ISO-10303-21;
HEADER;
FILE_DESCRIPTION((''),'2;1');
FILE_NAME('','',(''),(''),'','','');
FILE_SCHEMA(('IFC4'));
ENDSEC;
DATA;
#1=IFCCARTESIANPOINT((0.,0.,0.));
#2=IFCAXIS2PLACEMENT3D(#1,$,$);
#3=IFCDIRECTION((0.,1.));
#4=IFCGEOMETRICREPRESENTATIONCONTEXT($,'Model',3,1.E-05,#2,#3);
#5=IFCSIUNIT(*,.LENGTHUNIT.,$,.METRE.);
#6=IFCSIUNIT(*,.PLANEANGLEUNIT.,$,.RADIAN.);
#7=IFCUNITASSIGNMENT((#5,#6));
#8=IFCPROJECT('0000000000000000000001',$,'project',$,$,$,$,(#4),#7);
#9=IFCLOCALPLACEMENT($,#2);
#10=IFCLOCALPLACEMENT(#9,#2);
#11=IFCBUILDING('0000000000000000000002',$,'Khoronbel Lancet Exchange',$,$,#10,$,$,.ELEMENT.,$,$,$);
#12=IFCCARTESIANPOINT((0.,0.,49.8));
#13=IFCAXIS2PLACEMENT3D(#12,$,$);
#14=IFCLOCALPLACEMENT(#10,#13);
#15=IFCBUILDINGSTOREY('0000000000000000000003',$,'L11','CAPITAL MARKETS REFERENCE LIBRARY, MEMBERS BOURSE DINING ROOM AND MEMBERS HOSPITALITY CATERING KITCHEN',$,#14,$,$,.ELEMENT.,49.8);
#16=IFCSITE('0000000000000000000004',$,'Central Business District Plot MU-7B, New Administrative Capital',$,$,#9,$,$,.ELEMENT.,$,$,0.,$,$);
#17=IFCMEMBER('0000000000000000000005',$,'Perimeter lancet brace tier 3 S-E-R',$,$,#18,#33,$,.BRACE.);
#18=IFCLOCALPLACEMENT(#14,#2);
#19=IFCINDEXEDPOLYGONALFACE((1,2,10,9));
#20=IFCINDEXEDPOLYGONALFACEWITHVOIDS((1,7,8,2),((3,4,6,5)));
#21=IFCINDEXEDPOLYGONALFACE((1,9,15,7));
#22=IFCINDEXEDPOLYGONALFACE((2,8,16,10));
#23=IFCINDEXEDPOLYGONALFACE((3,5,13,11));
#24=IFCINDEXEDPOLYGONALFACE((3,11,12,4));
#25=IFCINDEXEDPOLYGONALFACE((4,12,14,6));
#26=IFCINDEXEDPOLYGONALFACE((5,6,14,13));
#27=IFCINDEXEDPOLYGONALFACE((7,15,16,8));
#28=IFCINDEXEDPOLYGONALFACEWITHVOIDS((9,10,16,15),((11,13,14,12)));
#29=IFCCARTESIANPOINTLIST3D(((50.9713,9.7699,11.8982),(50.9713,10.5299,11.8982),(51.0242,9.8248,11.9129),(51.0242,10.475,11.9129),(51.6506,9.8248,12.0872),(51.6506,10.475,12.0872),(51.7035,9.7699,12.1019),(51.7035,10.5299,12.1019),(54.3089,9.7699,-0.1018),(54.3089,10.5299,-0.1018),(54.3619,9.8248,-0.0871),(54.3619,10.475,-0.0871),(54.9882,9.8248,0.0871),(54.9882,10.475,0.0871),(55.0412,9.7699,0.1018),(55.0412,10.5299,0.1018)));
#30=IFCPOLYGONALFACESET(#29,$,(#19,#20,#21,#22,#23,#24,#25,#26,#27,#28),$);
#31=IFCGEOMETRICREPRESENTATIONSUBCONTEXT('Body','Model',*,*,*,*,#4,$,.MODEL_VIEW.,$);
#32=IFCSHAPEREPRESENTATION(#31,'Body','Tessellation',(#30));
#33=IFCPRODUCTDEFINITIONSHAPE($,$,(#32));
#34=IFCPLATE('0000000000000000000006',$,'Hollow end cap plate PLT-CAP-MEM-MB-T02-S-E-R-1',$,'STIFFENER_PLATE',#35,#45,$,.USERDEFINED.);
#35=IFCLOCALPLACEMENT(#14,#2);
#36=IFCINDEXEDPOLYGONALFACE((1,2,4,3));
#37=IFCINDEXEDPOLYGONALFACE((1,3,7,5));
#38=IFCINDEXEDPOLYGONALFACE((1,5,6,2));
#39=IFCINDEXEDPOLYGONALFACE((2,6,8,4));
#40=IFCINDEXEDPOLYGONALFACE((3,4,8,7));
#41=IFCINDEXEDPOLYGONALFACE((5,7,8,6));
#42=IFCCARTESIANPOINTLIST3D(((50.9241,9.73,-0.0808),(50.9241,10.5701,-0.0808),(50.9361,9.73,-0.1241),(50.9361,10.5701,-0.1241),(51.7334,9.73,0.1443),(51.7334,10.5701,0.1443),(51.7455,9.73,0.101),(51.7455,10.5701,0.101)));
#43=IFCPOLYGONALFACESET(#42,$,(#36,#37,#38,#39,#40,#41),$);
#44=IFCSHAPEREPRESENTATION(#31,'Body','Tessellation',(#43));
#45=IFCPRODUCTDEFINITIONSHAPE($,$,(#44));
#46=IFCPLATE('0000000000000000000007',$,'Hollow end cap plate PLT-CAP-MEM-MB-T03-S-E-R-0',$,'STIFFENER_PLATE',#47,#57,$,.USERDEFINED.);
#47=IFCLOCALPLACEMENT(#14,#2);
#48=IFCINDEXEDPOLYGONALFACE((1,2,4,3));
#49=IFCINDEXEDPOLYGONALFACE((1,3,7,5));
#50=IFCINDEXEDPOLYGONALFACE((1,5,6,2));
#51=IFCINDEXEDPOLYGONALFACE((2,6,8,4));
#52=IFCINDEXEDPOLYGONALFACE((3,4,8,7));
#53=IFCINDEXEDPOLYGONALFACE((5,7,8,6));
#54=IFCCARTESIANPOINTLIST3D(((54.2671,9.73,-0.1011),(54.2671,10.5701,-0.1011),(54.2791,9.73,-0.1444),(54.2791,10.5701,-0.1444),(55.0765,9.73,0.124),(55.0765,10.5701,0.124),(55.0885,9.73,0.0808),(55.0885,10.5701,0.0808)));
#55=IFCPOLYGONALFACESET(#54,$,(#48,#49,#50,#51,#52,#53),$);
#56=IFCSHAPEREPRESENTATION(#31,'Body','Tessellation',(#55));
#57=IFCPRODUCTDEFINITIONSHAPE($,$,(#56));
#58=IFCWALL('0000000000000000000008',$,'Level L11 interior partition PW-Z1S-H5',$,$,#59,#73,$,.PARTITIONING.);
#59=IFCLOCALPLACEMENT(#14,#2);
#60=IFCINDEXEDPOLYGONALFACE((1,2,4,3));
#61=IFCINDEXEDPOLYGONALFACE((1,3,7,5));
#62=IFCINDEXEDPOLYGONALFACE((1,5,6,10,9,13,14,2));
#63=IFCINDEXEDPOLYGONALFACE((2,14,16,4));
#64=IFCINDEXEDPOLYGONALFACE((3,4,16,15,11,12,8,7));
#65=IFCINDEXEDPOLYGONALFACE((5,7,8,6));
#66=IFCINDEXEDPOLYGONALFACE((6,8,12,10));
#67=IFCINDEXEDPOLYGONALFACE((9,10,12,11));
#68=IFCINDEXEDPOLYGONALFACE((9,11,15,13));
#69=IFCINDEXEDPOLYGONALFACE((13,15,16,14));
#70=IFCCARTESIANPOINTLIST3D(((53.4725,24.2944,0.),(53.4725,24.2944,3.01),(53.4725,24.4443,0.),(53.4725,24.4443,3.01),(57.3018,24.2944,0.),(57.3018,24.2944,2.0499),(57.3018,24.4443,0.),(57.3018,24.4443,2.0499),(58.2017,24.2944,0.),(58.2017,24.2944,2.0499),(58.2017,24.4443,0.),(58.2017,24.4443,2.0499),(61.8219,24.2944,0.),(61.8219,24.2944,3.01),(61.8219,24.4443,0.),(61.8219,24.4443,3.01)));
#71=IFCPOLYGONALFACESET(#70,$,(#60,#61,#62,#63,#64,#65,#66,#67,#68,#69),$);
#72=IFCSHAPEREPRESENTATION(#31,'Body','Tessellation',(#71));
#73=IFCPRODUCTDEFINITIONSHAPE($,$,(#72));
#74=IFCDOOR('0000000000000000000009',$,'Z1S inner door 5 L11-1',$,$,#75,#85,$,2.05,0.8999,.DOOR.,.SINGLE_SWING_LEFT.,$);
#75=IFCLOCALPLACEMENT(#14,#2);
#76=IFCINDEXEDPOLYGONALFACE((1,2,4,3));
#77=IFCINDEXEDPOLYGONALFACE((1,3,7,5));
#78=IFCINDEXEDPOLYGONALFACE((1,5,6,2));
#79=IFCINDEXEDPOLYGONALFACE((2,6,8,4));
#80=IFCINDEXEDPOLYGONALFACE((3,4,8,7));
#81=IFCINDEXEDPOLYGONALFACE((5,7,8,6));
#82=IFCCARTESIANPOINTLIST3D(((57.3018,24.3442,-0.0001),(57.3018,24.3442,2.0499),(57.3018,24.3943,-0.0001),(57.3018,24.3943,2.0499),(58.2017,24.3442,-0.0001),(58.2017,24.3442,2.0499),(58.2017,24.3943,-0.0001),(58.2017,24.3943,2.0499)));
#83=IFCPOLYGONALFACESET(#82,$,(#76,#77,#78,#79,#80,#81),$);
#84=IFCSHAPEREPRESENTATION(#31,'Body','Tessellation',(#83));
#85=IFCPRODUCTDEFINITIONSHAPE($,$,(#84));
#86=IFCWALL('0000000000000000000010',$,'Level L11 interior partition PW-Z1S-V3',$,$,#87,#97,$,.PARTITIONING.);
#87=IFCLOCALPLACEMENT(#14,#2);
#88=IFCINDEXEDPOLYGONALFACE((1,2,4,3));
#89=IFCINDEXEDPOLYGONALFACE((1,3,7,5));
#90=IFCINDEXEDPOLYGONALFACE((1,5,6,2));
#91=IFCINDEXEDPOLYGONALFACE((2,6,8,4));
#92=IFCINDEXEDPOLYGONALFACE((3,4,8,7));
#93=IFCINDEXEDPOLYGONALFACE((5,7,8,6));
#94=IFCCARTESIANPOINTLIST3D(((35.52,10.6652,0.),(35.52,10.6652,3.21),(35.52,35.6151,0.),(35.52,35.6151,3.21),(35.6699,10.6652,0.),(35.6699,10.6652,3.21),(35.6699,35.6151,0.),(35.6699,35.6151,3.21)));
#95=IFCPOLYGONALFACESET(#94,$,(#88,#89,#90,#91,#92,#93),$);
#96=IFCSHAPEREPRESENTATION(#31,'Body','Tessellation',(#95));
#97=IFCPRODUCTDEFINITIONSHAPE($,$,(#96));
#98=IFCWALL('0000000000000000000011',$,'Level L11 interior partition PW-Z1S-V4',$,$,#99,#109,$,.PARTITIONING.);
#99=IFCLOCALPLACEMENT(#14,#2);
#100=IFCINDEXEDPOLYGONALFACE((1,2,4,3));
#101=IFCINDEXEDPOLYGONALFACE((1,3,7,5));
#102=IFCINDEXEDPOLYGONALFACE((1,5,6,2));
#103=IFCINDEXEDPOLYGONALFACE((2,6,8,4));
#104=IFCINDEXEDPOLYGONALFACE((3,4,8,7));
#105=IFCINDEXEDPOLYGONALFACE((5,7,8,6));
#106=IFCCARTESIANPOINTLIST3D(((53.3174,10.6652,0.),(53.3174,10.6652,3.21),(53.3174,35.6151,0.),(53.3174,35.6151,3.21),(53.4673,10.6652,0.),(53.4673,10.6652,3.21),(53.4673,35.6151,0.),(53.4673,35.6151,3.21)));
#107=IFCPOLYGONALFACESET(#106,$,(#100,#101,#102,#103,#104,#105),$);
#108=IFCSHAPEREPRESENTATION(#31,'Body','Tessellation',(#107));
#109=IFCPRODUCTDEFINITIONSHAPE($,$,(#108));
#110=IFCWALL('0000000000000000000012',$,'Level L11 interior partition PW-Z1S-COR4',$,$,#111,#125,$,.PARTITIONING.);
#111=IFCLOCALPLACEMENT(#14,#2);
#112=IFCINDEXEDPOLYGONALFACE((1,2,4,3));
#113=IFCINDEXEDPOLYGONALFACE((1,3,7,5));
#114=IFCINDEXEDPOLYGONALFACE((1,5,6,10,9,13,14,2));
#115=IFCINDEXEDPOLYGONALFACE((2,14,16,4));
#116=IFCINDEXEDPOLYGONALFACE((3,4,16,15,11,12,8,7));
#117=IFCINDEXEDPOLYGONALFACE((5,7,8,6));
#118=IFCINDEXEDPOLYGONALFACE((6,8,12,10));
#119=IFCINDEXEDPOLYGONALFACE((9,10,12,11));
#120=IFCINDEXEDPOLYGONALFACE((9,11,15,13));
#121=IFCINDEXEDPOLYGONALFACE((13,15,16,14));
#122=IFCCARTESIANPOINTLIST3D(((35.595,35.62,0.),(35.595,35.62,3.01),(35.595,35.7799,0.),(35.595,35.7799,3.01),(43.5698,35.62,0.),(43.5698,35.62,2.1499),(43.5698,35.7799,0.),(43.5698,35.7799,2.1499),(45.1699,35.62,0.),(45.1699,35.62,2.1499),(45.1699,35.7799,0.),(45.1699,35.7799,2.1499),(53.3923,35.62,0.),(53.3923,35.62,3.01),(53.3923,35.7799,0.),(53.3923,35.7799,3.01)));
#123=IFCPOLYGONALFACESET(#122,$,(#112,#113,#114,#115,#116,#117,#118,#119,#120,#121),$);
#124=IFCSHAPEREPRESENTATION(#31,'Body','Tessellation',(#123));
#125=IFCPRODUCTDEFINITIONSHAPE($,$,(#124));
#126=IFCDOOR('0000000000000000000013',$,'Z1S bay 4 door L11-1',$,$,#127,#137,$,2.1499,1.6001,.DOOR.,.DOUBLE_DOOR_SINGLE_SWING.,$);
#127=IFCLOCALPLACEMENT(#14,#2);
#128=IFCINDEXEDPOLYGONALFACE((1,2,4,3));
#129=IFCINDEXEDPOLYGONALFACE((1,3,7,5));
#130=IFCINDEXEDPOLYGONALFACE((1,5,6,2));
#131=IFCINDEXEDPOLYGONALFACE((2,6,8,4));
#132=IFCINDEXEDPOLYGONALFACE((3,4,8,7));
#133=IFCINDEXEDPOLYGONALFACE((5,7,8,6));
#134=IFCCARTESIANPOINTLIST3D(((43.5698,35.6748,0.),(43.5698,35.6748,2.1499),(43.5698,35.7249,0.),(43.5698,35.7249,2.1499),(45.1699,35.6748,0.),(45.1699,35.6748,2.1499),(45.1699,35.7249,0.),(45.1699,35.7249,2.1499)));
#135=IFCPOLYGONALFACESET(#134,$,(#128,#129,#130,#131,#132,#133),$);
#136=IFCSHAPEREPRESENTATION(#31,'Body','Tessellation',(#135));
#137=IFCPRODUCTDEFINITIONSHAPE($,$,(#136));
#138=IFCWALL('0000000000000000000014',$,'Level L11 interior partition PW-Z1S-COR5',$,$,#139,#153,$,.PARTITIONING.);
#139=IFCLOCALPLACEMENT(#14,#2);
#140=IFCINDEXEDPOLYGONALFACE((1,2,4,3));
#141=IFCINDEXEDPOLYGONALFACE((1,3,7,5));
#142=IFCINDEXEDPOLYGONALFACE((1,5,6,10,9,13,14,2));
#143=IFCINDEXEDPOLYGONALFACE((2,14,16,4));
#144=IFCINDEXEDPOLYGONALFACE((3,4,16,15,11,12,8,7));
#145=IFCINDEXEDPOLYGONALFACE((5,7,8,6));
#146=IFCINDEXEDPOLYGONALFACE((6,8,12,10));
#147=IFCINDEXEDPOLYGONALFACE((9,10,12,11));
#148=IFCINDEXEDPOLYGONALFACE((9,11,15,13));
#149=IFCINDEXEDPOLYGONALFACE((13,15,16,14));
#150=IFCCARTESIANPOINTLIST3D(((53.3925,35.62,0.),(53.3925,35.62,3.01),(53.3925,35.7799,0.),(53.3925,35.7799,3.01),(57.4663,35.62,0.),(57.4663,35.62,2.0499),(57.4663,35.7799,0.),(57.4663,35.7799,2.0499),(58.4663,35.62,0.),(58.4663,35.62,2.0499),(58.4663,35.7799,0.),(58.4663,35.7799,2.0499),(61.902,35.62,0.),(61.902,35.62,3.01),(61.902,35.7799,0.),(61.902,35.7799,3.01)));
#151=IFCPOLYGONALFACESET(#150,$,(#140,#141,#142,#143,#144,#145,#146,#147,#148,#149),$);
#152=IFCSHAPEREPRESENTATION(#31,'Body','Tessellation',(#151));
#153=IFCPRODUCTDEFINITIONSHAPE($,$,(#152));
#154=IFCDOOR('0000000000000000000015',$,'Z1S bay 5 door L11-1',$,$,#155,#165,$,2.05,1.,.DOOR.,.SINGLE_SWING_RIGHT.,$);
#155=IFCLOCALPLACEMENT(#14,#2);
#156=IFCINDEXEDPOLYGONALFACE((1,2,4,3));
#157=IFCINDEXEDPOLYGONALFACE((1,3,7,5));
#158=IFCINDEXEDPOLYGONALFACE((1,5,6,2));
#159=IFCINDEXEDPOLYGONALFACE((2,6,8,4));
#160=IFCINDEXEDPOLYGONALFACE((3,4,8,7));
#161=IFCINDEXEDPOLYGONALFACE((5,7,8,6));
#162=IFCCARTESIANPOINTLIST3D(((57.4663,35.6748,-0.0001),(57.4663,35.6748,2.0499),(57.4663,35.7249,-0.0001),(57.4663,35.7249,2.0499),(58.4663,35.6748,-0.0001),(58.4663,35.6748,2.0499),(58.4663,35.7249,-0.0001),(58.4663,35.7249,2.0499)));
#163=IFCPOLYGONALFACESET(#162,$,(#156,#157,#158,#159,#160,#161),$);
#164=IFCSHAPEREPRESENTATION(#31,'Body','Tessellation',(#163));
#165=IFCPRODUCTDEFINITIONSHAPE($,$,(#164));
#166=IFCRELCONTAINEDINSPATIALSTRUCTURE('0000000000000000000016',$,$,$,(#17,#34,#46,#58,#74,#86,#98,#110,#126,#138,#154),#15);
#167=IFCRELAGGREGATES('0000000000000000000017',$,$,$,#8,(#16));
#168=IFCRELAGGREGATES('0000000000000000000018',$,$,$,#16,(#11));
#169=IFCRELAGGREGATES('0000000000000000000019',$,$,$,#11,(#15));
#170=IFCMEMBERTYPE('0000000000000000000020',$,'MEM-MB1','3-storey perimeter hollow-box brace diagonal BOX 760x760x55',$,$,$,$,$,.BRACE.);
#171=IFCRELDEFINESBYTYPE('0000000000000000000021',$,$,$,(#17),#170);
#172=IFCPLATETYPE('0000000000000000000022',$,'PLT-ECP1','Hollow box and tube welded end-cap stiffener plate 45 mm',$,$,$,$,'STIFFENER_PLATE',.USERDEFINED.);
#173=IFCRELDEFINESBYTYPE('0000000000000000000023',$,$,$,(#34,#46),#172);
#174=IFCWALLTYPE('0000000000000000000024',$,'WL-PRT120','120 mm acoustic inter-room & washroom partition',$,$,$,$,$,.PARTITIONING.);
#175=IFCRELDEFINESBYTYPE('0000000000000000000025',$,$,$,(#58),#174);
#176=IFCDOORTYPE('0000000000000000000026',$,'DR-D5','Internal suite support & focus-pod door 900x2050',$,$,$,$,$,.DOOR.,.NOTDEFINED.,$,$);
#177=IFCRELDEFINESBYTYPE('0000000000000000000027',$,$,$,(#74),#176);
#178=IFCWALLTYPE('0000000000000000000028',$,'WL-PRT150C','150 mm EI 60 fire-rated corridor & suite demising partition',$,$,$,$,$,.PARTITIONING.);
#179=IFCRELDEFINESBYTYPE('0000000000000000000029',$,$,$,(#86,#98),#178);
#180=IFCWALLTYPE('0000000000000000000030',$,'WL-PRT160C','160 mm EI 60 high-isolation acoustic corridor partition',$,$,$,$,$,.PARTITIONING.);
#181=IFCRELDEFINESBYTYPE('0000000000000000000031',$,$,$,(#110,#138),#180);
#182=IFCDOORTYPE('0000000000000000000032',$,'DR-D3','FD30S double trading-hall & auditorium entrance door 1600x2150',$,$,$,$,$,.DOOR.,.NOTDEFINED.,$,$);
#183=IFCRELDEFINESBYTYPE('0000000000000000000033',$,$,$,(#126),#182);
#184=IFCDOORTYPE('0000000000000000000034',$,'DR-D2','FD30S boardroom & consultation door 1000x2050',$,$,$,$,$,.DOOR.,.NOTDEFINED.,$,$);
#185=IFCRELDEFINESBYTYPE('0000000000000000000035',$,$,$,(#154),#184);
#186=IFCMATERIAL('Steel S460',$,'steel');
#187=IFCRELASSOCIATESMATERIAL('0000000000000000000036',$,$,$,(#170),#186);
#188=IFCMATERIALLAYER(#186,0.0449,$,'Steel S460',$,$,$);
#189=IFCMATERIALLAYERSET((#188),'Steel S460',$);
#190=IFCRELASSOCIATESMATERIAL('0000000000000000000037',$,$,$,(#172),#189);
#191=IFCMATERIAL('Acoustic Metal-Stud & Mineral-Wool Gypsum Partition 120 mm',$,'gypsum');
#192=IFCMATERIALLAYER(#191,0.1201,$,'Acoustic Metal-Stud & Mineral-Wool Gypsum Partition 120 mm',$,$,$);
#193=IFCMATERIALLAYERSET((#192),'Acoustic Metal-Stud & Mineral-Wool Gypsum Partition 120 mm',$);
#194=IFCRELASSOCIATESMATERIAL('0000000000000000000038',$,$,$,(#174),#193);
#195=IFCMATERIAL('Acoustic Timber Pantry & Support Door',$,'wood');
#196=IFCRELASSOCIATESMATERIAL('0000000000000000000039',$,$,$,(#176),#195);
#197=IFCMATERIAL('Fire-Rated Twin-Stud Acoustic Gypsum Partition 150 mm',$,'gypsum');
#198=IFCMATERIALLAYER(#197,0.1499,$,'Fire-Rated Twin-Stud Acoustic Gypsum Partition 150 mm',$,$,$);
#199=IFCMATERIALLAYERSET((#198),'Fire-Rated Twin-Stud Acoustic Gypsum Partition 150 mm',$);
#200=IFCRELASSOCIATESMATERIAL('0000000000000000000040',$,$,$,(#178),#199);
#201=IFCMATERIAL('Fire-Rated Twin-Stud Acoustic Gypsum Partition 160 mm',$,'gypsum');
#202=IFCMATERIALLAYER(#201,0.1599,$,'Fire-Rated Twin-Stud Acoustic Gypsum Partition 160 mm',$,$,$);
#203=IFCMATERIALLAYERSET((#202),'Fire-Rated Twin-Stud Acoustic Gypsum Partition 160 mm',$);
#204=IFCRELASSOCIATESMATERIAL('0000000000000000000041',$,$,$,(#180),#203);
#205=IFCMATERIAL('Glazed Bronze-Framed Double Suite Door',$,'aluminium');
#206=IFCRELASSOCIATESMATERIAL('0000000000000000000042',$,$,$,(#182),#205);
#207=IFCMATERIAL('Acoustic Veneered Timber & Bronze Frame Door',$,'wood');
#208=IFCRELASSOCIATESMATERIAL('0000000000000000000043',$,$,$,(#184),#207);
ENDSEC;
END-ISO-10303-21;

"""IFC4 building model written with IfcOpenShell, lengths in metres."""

from ifc_helpers import new_model, si_unit, direction, frame, frame_2d, origin, origin_2d, place, context, subcontext, project, spatial, polyline, rectangle, hollow_rectangle, outline, extrude, material, layer, layer_set, material_profile, profile_set, type_object, element, fill, save


model = new_model("IFC4")

# Units and contexts
model_context = context("Model", 3, precision=1e-05, world=origin(), true_north=direction((0.0, 1.0)))
body_context = subcontext(model_context, "Body", "Model", "MODEL_VIEW")
ifc_project = project(units=[si_unit("LENGTHUNIT", "METRE"), si_unit("PLANEANGLEUNIT", "RADIAN")], contexts=[model_context])

# Site, building, storey
site_placement = place(None, origin())
site = spatial("IfcSite", under=ifc_project, at=site_placement, Name="Central Business District Plot MU-7B, New Administrative Capital", CompositionType="ELEMENT", RefElevation=0.0)
building_placement = place(site_placement, origin())
building = spatial("IfcBuilding", under=site, at=building_placement, Name="Khoronbel Lancet Exchange", CompositionType="ELEMENT")
storey_placement = place(building_placement, frame((0.0, 0.0, 49.8)))
storey = spatial("IfcBuildingStorey", under=building, at=storey_placement, Name="L11", Description="CAPITAL MARKETS REFERENCE LIBRARY, MEMBERS BOURSE DINING ROOM AND MEMBERS HOSPITALITY CATERING KITCHEN", CompositionType="ELEMENT", Elevation=49.8)

# Shared definitions
ifc_material_1 = material(Name="Steel S460", Category="steel")

# Member
ifc_material_profile_1 = material_profile(ifc_material_1, hollow_rectangle(XDim=0.76, YDim=0.76, WallThickness=0.0549, at=origin_2d()), Name="BOX 760x760x55")
ifc_profile_set_1 = profile_set([ifc_material_profile_1], Name="Steel S460")
member_type = type_object("IfcMemberType", Name="MEM-MB1", Description="3-storey perimeter hollow-box brace diagonal BOX 760x760x55", PredefinedType="BRACE", material=ifc_profile_set_1)
member_placement = place(storey_placement, frame((54.675, 10.1499, 0.0), z_axis=(-0.267965, 0.0, 0.963429), x_axis=(0.0, -1.0, 0.0)))
element("IfcMember", 1, at=member_placement, inside=storey, type_object=member_type, Name="Perimeter lancet brace tier 3 S-E-R", PredefinedType="BRACE", context=body_context, shape_type="SweptSolid", body=[
    extrude(hollow_rectangle(XDim=0.76, YDim=0.76, WallThickness=0.0549, at=origin_2d()), origin(), (0.0, 0.0, 1.0), 12.4556),
])

# Plates
ifc_layer_1 = layer(ifc_material_1, 0.0449, Name="Steel S460")
ifc_layer_set_1 = layer_set([ifc_layer_1], Name="Steel S460")
plate_type = type_object("IfcPlateType", Name="PLT-ECP1", Description="Hollow box and tube welded end-cap stiffener plate 45 mm", ElementType="STIFFENER_PLATE", PredefinedType="USERDEFINED", material=ifc_layer_set_1)
for number, where, z_axis, x_axis, name in (
    (2, (50.9241, 10.5701, -0.0808), (-0.267959, 0.0, 0.96343), (0.0, -1.0, 0.0), "Hollow end cap plate PLT-CAP-MEM-MB-T02-S-E-R-1"),
    (3, (54.2671, 10.5701, -0.1011), (-0.267959, 0.0, 0.96343), (0.0, -1.0, 0.0), "Hollow end cap plate PLT-CAP-MEM-MB-T03-S-E-R-0"),
):
    element("IfcPlate", number, at=place(storey_placement, frame(where, z_axis=z_axis, x_axis=x_axis)), inside=storey, type_object=plate_type, Name=name, ObjectType="STIFFENER_PLATE", PredefinedType="USERDEFINED", context=body_context, shape_type="SweptSolid", body=[
        extrude(outline(polyline([(0.0, 0.0), (0.8401, 0.0), (0.8401, 0.8401), (0.0, 0.8401), (0.0, 0.0)])), origin(), (0.0, 0.0, -1.0), 0.0449),
    ])

# Wall, opening, door
ifc_material_2 = material(Name="Acoustic Metal-Stud & Mineral-Wool Gypsum Partition 120 mm", Category="gypsum")
ifc_layer_2 = layer(ifc_material_2, 0.1201, Name="Acoustic Metal-Stud & Mineral-Wool Gypsum Partition 120 mm")
ifc_layer_set_2 = layer_set([ifc_layer_2], Name="Acoustic Metal-Stud & Mineral-Wool Gypsum Partition 120 mm")
wall_type_1 = type_object("IfcWallType", Name="WL-PRT120", Description="120 mm acoustic inter-room & washroom partition", PredefinedType="PARTITIONING", material=ifc_layer_set_2)
wall_1_placement = place(storey_placement, frame((53.4724, 24.3694, 0.0), z_axis=(0.0, 0.0, 1.0), x_axis=(1.0, 0.0, 0.0)))
wall_1 = element("IfcWall", 4, at=wall_1_placement, inside=storey, type_object=wall_type_1, Name="Level L11 interior partition PW-Z1S-H5", PredefinedType="PARTITIONING", context=body_context, shape_type="SweptSolid", body=[
    extrude(rectangle(XDim=8.3494, YDim=0.1499, at=frame_2d((4.1748, 0.0))), origin(), (0.0, 0.0, 1.0), 3.01),
])
opening_1_placement = place(wall_1_placement, frame((3.8293, 0.0, 0.0)))
opening_1 = element("IfcOpeningElement", 5, at=opening_1_placement, cuts=wall_1, PredefinedType="OPENING", context=body_context, shape_type="SweptSolid", body=[
    extrude(rectangle(XDim=0.8999, YDim=2.05, at=frame_2d((0.45, 1.0249))), frame((0.0, 0.085, 0.0), z_axis=(0.0, -1.0, 0.0), x_axis=(1.0, 0.0, 0.0)), (0.0, 0.0, 1.0), 0.1699),
])
ifc_material_3 = material(Name="Acoustic Timber Pantry & Support Door", Category="wood")
door_type_1 = type_object("IfcDoorType", Name="DR-D5", Description="Internal suite support & focus-pod door 900x2050", OperationType="NOTDEFINED", PredefinedType="DOOR", material=ifc_material_3)
door_1_placement = place(opening_1_placement, origin())
door_1 = element("IfcDoor", 6, at=door_1_placement, inside=storey, type_object=door_type_1, Name="Z1S inner door 5 L11-1", OperationType="SINGLE_SWING_LEFT", OverallHeight=2.05, OverallWidth=0.8999, PredefinedType="DOOR", context=body_context, shape_type="SweptSolid", body=[
    extrude(rectangle(XDim=0.8999, YDim=2.05, at=frame_2d((0.45, 1.0249))), frame((0.0, 0.0249, 0.0), z_axis=(0.0, -1.0, 0.0), x_axis=(1.0, 0.0, 0.0)), (0.0, 0.0, 1.0), 0.05),
])
fill(opening_1, door_1)

# Walls
ifc_material_4 = material(Name="Fire-Rated Twin-Stud Acoustic Gypsum Partition 150 mm", Category="gypsum")
ifc_layer_3 = layer(ifc_material_4, 0.1499, Name="Fire-Rated Twin-Stud Acoustic Gypsum Partition 150 mm")
ifc_layer_set_3 = layer_set([ifc_layer_3], Name="Fire-Rated Twin-Stud Acoustic Gypsum Partition 150 mm")
wall_type_2 = type_object("IfcWallType", Name="WL-PRT150C", Description="150 mm EI 60 fire-rated corridor & suite demising partition", PredefinedType="PARTITIONING", material=ifc_layer_set_3)
for number, where, z_axis, x_axis, name in (
    (7, (35.595, 10.665, 0.0), (0.0, 0.0, 1.0), (0.0, 1.0, 0.0), "Level L11 interior partition PW-Z1S-V3"),
    (8, (53.3923, 10.665, 0.0), (0.0, 0.0, 1.0), (0.0, 1.0, 0.0), "Level L11 interior partition PW-Z1S-V4"),
):
    element("IfcWall", number, at=place(storey_placement, frame(where, z_axis=z_axis, x_axis=x_axis)), inside=storey, type_object=wall_type_2, Name=name, PredefinedType="PARTITIONING", context=body_context, shape_type="SweptSolid", body=[
        extrude(rectangle(XDim=24.95, YDim=0.1499, at=frame_2d((12.4751, 0.0))), origin(), (0.0, 0.0, 1.0), 3.21),
    ])

# Walls, openings, doors
ifc_material_5 = material(Name="Fire-Rated Twin-Stud Acoustic Gypsum Partition 160 mm", Category="gypsum")
ifc_layer_4 = layer(ifc_material_5, 0.1599, Name="Fire-Rated Twin-Stud Acoustic Gypsum Partition 160 mm")
ifc_layer_set_4 = layer_set([ifc_layer_4], Name="Fire-Rated Twin-Stud Acoustic Gypsum Partition 160 mm")
wall_type_3 = type_object("IfcWallType", Name="WL-PRT160C", Description="160 mm EI 60 high-isolation acoustic corridor partition", PredefinedType="PARTITIONING", material=ifc_layer_set_4)
wall_2_placement = place(storey_placement, frame((35.595, 35.7, 0.0), z_axis=(0.0, 0.0, 1.0), x_axis=(1.0, 0.0, 0.0)))
wall_2 = element("IfcWall", 9, at=wall_2_placement, inside=storey, type_object=wall_type_3, Name="Level L11 interior partition PW-Z1S-COR4", PredefinedType="PARTITIONING", context=body_context, shape_type="SweptSolid", body=[
    extrude(rectangle(XDim=17.7974, YDim=0.1599, at=frame_2d((8.8987, 0.0))), origin(), (0.0, 0.0, 1.0), 3.01),
])
opening_2_placement = place(wall_2_placement, frame((7.9749, 0.0, 0.0)))
opening_2 = element("IfcOpeningElement", 10, at=opening_2_placement, cuts=wall_2, PredefinedType="OPENING", context=body_context, shape_type="SweptSolid", body=[
    extrude(rectangle(XDim=1.6001, YDim=2.1499, at=frame_2d((0.8, 1.075))), frame((0.0, 0.0898, 0.0), z_axis=(0.0, -1.0, 0.0), x_axis=(1.0, 0.0, 0.0)), (0.0, 0.0, 1.0), 0.1799),
])
ifc_material_6 = material(Name="Glazed Bronze-Framed Double Suite Door", Category="aluminium")
door_type_2 = type_object("IfcDoorType", Name="DR-D3", Description="FD30S double trading-hall & auditorium entrance door 1600x2150", OperationType="NOTDEFINED", PredefinedType="DOOR", material=ifc_material_6)
door_2_placement = place(opening_2_placement, origin())
door_2 = element("IfcDoor", 11, at=door_2_placement, inside=storey, type_object=door_type_2, Name="Z1S bay 4 door L11-1", OperationType="DOUBLE_DOOR_SINGLE_SWING", OverallHeight=2.1499, OverallWidth=1.6001, PredefinedType="DOOR", context=body_context, shape_type="SweptSolid", body=[
    extrude(rectangle(XDim=1.6001, YDim=2.1499, at=frame_2d((0.8, 1.075))), frame((0.0, 0.0249, 0.0), z_axis=(0.0, -1.0, 0.0), x_axis=(1.0, 0.0, 0.0)), (0.0, 0.0, 1.0), 0.05),
])
fill(opening_2, door_2)
wall_3_placement = place(storey_placement, frame((53.3923, 35.7, 0.0), z_axis=(0.0, 0.0, 1.0), x_axis=(1.0, 0.0, 0.0)))
wall_3 = element("IfcWall", 12, at=wall_3_placement, inside=storey, type_object=wall_type_3, Name="Level L11 interior partition PW-Z1S-COR5", PredefinedType="PARTITIONING", context=body_context, shape_type="SweptSolid", body=[
    extrude(rectangle(XDim=8.5095, YDim=0.1599, at=frame_2d((4.2549, 0.0))), origin(), (0.0, 0.0, 1.0), 3.01),
])
opening_3_placement = place(wall_3_placement, frame((4.074, 0.0, 0.0)))
opening_3 = element("IfcOpeningElement", 13, at=opening_3_placement, cuts=wall_3, PredefinedType="OPENING", context=body_context, shape_type="SweptSolid", body=[
    extrude(rectangle(XDim=1.0, YDim=2.05, at=frame_2d((0.5, 1.0249))), frame((0.0, 0.0898, 0.0), z_axis=(0.0, -1.0, 0.0), x_axis=(1.0, 0.0, 0.0)), (0.0, 0.0, 1.0), 0.1799),
])
ifc_material_7 = material(Name="Acoustic Veneered Timber & Bronze Frame Door", Category="wood")
door_type_3 = type_object("IfcDoorType", Name="DR-D2", Description="FD30S boardroom & consultation door 1000x2050", OperationType="NOTDEFINED", PredefinedType="DOOR", material=ifc_material_7)
door_3_placement = place(opening_3_placement, origin())
door_3 = element("IfcDoor", 14, at=door_3_placement, inside=storey, type_object=door_type_3, Name="Z1S bay 5 door L11-1", OperationType="SINGLE_SWING_RIGHT", OverallHeight=2.05, OverallWidth=1.0, PredefinedType="DOOR", context=body_context, shape_type="SweptSolid", body=[
    extrude(rectangle(XDim=1.0, YDim=2.05, at=frame_2d((0.5, 1.0249))), frame((0.0, 0.0249, 0.0), z_axis=(0.0, -1.0, 0.0), x_axis=(1.0, 0.0, 0.0)), (0.0, 0.0, 1.0), 0.05),
])
fill(opening_3, door_3)

save(model, "model.ifc")
